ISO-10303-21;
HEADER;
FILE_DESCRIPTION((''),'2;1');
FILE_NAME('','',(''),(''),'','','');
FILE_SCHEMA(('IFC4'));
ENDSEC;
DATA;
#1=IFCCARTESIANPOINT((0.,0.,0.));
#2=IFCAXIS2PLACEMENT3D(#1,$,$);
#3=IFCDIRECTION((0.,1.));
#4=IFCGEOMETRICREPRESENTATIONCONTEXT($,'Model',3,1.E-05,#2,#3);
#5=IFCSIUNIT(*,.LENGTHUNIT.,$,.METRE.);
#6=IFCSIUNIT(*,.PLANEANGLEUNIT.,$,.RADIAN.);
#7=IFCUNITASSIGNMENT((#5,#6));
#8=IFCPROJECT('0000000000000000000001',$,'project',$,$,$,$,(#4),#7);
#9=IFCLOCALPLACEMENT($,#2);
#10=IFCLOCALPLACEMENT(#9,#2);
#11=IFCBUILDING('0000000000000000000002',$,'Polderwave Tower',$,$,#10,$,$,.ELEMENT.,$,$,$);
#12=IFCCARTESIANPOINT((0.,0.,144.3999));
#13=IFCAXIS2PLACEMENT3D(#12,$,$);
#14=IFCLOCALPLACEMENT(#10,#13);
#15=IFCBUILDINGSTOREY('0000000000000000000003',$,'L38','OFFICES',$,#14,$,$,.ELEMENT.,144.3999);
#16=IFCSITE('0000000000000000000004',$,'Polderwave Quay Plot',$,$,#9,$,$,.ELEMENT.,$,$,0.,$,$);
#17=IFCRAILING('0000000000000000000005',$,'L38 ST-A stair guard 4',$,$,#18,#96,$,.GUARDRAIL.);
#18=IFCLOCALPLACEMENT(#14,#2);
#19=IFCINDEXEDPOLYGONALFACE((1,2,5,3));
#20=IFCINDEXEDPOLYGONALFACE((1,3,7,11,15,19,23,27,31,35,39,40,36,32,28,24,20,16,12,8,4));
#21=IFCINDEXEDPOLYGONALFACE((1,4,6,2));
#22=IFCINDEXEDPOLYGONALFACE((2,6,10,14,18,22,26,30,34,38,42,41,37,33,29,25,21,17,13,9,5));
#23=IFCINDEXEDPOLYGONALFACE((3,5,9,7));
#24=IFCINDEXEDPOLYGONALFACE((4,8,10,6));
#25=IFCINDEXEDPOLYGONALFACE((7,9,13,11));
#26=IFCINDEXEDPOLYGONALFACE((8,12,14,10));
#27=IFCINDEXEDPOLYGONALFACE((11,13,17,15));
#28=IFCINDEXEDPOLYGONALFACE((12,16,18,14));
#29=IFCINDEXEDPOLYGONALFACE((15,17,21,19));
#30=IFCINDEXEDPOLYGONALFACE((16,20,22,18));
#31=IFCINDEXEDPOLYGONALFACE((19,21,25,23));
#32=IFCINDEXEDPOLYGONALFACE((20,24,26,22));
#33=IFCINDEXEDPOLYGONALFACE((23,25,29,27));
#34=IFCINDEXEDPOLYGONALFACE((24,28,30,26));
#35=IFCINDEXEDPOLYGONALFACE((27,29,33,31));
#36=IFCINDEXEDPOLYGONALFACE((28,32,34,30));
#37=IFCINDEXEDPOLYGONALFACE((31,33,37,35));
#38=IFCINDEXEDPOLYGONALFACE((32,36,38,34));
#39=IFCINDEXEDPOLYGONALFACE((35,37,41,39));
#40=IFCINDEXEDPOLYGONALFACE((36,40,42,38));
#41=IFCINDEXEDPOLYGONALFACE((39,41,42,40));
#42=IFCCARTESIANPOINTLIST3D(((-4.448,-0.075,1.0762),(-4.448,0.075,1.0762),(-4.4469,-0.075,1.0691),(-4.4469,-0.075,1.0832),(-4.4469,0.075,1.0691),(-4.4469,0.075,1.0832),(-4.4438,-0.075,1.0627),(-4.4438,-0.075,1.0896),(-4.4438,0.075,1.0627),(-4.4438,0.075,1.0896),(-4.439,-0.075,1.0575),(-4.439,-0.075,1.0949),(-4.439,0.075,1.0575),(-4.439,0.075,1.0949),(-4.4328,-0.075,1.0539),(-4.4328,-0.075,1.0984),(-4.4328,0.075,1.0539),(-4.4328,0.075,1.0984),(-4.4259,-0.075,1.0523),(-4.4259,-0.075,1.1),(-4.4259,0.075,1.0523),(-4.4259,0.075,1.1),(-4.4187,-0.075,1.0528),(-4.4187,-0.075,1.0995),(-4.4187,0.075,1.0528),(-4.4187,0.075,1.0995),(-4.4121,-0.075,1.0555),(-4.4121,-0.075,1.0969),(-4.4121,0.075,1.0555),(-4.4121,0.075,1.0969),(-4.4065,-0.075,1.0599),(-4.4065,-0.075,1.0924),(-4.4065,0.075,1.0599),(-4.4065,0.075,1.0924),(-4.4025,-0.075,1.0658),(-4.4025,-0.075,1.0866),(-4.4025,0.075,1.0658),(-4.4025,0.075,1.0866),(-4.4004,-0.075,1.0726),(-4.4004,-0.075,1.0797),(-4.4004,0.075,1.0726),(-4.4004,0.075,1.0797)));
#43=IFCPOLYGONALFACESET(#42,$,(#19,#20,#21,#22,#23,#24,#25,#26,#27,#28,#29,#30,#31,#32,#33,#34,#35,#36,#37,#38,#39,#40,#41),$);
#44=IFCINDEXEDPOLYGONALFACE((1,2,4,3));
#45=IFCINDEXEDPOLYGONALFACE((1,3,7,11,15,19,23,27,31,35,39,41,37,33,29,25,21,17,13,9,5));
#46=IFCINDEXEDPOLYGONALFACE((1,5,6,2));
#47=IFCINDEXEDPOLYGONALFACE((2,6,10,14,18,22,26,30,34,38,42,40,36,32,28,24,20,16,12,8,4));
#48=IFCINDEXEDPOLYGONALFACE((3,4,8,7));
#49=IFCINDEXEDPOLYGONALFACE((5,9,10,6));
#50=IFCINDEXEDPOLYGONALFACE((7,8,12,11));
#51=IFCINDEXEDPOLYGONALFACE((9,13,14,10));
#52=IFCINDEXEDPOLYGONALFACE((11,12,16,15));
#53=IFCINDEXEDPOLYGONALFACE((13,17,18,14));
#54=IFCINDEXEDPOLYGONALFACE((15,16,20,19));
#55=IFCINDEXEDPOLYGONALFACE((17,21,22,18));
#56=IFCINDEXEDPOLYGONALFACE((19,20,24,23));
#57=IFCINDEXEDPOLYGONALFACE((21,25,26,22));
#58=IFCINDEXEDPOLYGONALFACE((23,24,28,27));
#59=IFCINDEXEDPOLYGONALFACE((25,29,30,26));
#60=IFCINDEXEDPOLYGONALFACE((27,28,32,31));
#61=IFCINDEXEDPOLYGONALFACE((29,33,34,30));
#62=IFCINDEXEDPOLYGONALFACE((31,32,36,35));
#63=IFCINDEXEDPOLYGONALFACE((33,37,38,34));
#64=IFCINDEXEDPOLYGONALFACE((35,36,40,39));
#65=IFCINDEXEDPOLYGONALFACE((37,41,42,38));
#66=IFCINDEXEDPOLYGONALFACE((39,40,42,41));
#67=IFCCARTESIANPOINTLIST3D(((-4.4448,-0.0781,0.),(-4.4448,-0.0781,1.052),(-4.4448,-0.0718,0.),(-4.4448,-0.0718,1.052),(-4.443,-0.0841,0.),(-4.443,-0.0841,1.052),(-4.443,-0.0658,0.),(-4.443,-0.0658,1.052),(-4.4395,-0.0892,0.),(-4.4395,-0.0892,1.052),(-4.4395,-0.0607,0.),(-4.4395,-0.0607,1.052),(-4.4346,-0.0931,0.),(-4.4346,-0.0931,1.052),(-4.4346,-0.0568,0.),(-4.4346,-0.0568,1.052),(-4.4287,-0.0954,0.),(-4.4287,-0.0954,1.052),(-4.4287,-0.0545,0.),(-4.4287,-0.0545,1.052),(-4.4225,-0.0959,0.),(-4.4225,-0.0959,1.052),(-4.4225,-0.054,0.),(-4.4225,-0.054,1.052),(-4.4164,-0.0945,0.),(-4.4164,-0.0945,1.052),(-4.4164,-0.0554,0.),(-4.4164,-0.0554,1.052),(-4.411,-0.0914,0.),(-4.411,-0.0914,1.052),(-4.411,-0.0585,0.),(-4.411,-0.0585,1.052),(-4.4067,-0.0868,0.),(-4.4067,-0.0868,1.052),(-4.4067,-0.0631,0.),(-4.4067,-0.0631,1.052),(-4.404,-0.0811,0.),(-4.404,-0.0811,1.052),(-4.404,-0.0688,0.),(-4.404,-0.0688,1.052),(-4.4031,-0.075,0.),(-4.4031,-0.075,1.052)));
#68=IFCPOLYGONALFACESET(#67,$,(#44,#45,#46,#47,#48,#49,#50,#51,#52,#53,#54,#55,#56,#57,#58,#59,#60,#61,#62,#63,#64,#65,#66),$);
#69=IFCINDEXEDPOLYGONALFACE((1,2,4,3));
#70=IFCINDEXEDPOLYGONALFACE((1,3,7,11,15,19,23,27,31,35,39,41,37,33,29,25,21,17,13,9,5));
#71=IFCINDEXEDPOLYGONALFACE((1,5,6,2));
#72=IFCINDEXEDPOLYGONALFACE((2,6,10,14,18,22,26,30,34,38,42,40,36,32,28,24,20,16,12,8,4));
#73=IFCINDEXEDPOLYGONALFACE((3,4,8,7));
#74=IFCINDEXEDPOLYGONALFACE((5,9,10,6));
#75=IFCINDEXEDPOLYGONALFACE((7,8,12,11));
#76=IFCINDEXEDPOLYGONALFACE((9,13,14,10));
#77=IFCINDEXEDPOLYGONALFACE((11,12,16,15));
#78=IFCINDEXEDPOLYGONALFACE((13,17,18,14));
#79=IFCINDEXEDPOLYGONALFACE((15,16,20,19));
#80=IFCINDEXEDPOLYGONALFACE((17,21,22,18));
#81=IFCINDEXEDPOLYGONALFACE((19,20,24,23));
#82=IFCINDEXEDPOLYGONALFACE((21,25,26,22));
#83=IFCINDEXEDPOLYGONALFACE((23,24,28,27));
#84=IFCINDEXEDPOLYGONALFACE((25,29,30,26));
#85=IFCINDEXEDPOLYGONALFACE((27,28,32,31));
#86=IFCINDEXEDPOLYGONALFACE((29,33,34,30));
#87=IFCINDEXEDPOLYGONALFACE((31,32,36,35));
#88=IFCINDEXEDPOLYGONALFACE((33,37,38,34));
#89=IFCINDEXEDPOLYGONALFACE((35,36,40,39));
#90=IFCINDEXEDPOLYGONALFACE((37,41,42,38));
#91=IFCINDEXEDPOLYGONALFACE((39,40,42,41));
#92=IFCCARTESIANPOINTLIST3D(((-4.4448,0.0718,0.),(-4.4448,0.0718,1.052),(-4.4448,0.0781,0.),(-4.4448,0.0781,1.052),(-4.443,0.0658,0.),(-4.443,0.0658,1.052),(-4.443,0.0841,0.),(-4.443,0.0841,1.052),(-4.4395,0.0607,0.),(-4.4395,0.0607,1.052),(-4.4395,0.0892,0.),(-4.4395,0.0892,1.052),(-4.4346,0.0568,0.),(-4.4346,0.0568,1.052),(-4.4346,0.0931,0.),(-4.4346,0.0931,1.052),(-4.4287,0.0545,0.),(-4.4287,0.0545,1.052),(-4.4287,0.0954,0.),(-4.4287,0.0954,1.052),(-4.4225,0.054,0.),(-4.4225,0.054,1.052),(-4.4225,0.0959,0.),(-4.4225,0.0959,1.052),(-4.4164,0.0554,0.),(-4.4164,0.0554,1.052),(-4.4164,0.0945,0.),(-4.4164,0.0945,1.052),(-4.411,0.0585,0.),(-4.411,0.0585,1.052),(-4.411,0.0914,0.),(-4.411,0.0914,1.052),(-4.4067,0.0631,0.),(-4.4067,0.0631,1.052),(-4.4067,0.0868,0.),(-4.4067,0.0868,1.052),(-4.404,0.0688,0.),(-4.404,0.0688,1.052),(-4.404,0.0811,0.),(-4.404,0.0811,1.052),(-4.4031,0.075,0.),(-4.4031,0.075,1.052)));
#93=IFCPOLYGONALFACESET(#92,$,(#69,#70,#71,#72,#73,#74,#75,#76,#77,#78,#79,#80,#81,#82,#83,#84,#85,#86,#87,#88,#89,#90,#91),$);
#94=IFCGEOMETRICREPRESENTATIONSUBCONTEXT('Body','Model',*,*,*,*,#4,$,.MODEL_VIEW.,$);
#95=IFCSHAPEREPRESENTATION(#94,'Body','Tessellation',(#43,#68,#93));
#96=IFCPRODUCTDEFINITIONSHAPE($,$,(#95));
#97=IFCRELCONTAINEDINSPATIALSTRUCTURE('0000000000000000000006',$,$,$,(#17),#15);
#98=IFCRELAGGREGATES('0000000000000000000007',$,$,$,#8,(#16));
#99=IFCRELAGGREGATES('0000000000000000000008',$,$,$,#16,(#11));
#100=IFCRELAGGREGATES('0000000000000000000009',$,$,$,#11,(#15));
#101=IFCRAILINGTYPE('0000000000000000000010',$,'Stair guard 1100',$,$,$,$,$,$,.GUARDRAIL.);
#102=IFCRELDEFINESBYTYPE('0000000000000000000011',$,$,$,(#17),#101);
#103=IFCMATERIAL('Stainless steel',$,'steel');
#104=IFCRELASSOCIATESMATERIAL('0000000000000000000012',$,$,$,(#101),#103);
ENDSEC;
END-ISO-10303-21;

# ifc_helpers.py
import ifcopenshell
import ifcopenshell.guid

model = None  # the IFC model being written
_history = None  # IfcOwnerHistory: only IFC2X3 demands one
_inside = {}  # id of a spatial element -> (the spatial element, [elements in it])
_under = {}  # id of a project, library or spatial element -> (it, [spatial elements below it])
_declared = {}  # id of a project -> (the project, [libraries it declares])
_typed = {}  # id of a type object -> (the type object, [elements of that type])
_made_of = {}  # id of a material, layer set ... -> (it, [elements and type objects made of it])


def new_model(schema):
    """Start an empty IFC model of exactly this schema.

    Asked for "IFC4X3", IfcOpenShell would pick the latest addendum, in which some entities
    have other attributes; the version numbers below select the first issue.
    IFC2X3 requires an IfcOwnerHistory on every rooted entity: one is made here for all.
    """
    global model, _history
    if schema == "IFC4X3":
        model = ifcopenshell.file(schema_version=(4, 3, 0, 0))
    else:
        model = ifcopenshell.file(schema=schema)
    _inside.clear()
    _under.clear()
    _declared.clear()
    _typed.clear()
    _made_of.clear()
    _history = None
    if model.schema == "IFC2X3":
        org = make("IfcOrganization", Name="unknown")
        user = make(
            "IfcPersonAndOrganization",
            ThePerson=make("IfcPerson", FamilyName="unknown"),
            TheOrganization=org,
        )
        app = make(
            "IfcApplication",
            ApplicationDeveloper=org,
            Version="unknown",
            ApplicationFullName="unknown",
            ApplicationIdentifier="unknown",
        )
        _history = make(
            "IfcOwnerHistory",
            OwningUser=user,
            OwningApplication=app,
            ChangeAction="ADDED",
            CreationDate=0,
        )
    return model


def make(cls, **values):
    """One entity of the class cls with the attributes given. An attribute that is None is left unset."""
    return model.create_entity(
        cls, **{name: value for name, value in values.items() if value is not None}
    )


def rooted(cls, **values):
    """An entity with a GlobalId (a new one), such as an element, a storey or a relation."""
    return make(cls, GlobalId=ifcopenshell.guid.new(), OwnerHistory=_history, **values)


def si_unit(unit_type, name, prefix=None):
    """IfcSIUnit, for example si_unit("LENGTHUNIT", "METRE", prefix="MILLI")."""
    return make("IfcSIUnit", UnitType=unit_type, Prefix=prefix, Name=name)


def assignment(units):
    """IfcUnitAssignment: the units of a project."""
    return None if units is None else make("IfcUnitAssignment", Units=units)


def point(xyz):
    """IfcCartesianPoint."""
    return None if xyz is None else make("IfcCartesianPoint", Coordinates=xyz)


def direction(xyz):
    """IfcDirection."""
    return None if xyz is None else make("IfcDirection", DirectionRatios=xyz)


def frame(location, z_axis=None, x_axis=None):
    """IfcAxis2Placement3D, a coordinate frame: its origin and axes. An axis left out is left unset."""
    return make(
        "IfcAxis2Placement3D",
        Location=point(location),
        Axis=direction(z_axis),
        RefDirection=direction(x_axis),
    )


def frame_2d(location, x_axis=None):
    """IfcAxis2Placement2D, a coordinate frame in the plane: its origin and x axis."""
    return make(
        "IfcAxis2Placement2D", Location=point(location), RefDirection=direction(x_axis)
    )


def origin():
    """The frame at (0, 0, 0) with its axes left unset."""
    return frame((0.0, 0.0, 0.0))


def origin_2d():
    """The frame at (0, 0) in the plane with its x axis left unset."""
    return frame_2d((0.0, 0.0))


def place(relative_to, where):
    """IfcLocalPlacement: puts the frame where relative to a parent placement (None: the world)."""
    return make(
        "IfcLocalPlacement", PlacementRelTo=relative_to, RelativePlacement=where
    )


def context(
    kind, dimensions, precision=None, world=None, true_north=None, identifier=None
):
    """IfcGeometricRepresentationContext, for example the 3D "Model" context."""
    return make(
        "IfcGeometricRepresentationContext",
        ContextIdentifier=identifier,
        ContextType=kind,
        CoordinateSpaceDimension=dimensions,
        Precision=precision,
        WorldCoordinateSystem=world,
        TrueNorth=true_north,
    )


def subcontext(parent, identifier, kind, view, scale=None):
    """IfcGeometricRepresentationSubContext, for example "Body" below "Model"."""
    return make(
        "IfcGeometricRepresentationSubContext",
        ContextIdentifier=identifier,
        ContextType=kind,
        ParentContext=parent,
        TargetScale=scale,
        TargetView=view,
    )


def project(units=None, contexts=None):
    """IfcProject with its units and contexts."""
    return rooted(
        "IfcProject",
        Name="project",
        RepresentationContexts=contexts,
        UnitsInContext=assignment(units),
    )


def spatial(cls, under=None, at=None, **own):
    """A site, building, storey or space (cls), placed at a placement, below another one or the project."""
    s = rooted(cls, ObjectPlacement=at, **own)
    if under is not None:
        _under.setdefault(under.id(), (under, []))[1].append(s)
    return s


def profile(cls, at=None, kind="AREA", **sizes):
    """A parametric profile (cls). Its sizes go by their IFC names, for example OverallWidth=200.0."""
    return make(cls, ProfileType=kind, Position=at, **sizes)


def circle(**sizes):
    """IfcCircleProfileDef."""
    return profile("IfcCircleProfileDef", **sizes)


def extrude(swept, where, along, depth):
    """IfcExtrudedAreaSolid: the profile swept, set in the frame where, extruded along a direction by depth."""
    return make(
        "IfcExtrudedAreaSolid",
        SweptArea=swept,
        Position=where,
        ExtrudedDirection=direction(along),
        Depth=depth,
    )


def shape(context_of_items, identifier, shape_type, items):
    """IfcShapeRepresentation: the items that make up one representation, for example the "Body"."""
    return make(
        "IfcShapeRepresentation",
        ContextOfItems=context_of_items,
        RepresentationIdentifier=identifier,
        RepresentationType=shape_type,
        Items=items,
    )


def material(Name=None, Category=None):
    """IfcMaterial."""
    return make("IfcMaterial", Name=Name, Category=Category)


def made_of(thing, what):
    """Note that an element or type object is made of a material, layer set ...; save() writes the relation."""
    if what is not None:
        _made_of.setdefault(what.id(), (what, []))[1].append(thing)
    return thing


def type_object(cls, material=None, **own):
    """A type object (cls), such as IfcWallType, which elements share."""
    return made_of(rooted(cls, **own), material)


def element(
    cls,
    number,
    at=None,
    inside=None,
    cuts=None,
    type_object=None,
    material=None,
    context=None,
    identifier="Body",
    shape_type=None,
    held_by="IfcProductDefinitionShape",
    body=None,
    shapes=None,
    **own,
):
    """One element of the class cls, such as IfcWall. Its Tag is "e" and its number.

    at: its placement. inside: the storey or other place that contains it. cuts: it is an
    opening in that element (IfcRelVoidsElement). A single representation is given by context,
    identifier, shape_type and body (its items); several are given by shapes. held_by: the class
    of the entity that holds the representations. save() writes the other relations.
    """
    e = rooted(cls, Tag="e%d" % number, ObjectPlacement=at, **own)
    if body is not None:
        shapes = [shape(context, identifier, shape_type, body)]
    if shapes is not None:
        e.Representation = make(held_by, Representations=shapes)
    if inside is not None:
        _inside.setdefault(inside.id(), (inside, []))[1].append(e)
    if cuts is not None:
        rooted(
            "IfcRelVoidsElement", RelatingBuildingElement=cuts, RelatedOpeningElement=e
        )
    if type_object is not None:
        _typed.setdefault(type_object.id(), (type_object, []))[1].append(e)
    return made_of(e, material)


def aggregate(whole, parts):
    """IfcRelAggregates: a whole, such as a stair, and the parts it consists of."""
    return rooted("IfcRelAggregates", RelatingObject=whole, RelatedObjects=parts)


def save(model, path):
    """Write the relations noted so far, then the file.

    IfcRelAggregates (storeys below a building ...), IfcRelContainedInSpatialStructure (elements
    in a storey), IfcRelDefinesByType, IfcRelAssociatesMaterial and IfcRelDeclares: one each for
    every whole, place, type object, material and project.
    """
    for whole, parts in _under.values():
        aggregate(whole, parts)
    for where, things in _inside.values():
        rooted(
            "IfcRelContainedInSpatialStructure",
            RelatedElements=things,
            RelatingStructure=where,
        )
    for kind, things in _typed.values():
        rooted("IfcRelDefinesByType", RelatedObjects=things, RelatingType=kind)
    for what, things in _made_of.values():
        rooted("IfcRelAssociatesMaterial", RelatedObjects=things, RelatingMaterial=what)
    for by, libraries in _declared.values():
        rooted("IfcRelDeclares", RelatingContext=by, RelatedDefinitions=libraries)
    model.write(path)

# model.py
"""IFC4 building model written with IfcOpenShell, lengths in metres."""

from ifc_helpers import new_model, si_unit, direction, frame, origin, origin_2d, place, context, subcontext, project, spatial, circle, extrude, material, type_object, element, save


model = new_model("IFC4")

# Units and contexts
model_context = context("Model", 3, precision=1e-05, world=origin(), true_north=direction((0.0, 1.0)))
body_context = subcontext(model_context, "Body", "Model", "MODEL_VIEW")
ifc_project = project(units=[si_unit("LENGTHUNIT", "METRE"), si_unit("PLANEANGLEUNIT", "RADIAN")], contexts=[model_context])

# Site, building, storey
site_placement = place(None, origin())
site = spatial("IfcSite", under=ifc_project, at=site_placement, Name="Polderwave Quay Plot", CompositionType="ELEMENT", RefElevation=0.0)
building_placement = place(site_placement, origin())
building = spatial("IfcBuilding", under=site, at=building_placement, Name="Polderwave Tower", CompositionType="ELEMENT")
storey_placement = place(building_placement, frame((0.0, 0.0, 144.3999)))
storey = spatial("IfcBuildingStorey", under=building, at=storey_placement, Name="L38", Description="OFFICES", CompositionType="ELEMENT", Elevation=144.3999)

# Shared definitions
ifc_material_1 = material(Name="Stainless steel", Category="steel")

# Railing
railing_type = type_object("IfcRailingType", Name="Stair guard 1100", PredefinedType="GUARDRAIL", material=ifc_material_1)
railing_placement = place(storey_placement, frame((-4.4241, -0.075, 0.0)))
element("IfcRailing", 1, at=railing_placement, inside=storey, type_object=railing_type, Name="L38 ST-A stair guard 4", PredefinedType="GUARDRAIL", context=body_context, shape_type="SweptSolid", body=[
    extrude(circle(Radius=0.0239, at=origin_2d()), frame((0.0, 0.0, 1.0762), z_axis=(0.0, 1.0, 0.0), x_axis=(-1.0, 0.0, 0.0)), (0.0, 0.0, 1.0), 0.1499),
    extrude(circle(Radius=0.021, at=origin_2d()), origin(), (0.0, 0.0, 1.0), 1.052),
    extrude(circle(Radius=0.021, at=origin_2d()), frame((0.0, 0.1499, 0.0)), (0.0, 0.0, 1.0), 1.052),
])

save(model, "model.ifc")
